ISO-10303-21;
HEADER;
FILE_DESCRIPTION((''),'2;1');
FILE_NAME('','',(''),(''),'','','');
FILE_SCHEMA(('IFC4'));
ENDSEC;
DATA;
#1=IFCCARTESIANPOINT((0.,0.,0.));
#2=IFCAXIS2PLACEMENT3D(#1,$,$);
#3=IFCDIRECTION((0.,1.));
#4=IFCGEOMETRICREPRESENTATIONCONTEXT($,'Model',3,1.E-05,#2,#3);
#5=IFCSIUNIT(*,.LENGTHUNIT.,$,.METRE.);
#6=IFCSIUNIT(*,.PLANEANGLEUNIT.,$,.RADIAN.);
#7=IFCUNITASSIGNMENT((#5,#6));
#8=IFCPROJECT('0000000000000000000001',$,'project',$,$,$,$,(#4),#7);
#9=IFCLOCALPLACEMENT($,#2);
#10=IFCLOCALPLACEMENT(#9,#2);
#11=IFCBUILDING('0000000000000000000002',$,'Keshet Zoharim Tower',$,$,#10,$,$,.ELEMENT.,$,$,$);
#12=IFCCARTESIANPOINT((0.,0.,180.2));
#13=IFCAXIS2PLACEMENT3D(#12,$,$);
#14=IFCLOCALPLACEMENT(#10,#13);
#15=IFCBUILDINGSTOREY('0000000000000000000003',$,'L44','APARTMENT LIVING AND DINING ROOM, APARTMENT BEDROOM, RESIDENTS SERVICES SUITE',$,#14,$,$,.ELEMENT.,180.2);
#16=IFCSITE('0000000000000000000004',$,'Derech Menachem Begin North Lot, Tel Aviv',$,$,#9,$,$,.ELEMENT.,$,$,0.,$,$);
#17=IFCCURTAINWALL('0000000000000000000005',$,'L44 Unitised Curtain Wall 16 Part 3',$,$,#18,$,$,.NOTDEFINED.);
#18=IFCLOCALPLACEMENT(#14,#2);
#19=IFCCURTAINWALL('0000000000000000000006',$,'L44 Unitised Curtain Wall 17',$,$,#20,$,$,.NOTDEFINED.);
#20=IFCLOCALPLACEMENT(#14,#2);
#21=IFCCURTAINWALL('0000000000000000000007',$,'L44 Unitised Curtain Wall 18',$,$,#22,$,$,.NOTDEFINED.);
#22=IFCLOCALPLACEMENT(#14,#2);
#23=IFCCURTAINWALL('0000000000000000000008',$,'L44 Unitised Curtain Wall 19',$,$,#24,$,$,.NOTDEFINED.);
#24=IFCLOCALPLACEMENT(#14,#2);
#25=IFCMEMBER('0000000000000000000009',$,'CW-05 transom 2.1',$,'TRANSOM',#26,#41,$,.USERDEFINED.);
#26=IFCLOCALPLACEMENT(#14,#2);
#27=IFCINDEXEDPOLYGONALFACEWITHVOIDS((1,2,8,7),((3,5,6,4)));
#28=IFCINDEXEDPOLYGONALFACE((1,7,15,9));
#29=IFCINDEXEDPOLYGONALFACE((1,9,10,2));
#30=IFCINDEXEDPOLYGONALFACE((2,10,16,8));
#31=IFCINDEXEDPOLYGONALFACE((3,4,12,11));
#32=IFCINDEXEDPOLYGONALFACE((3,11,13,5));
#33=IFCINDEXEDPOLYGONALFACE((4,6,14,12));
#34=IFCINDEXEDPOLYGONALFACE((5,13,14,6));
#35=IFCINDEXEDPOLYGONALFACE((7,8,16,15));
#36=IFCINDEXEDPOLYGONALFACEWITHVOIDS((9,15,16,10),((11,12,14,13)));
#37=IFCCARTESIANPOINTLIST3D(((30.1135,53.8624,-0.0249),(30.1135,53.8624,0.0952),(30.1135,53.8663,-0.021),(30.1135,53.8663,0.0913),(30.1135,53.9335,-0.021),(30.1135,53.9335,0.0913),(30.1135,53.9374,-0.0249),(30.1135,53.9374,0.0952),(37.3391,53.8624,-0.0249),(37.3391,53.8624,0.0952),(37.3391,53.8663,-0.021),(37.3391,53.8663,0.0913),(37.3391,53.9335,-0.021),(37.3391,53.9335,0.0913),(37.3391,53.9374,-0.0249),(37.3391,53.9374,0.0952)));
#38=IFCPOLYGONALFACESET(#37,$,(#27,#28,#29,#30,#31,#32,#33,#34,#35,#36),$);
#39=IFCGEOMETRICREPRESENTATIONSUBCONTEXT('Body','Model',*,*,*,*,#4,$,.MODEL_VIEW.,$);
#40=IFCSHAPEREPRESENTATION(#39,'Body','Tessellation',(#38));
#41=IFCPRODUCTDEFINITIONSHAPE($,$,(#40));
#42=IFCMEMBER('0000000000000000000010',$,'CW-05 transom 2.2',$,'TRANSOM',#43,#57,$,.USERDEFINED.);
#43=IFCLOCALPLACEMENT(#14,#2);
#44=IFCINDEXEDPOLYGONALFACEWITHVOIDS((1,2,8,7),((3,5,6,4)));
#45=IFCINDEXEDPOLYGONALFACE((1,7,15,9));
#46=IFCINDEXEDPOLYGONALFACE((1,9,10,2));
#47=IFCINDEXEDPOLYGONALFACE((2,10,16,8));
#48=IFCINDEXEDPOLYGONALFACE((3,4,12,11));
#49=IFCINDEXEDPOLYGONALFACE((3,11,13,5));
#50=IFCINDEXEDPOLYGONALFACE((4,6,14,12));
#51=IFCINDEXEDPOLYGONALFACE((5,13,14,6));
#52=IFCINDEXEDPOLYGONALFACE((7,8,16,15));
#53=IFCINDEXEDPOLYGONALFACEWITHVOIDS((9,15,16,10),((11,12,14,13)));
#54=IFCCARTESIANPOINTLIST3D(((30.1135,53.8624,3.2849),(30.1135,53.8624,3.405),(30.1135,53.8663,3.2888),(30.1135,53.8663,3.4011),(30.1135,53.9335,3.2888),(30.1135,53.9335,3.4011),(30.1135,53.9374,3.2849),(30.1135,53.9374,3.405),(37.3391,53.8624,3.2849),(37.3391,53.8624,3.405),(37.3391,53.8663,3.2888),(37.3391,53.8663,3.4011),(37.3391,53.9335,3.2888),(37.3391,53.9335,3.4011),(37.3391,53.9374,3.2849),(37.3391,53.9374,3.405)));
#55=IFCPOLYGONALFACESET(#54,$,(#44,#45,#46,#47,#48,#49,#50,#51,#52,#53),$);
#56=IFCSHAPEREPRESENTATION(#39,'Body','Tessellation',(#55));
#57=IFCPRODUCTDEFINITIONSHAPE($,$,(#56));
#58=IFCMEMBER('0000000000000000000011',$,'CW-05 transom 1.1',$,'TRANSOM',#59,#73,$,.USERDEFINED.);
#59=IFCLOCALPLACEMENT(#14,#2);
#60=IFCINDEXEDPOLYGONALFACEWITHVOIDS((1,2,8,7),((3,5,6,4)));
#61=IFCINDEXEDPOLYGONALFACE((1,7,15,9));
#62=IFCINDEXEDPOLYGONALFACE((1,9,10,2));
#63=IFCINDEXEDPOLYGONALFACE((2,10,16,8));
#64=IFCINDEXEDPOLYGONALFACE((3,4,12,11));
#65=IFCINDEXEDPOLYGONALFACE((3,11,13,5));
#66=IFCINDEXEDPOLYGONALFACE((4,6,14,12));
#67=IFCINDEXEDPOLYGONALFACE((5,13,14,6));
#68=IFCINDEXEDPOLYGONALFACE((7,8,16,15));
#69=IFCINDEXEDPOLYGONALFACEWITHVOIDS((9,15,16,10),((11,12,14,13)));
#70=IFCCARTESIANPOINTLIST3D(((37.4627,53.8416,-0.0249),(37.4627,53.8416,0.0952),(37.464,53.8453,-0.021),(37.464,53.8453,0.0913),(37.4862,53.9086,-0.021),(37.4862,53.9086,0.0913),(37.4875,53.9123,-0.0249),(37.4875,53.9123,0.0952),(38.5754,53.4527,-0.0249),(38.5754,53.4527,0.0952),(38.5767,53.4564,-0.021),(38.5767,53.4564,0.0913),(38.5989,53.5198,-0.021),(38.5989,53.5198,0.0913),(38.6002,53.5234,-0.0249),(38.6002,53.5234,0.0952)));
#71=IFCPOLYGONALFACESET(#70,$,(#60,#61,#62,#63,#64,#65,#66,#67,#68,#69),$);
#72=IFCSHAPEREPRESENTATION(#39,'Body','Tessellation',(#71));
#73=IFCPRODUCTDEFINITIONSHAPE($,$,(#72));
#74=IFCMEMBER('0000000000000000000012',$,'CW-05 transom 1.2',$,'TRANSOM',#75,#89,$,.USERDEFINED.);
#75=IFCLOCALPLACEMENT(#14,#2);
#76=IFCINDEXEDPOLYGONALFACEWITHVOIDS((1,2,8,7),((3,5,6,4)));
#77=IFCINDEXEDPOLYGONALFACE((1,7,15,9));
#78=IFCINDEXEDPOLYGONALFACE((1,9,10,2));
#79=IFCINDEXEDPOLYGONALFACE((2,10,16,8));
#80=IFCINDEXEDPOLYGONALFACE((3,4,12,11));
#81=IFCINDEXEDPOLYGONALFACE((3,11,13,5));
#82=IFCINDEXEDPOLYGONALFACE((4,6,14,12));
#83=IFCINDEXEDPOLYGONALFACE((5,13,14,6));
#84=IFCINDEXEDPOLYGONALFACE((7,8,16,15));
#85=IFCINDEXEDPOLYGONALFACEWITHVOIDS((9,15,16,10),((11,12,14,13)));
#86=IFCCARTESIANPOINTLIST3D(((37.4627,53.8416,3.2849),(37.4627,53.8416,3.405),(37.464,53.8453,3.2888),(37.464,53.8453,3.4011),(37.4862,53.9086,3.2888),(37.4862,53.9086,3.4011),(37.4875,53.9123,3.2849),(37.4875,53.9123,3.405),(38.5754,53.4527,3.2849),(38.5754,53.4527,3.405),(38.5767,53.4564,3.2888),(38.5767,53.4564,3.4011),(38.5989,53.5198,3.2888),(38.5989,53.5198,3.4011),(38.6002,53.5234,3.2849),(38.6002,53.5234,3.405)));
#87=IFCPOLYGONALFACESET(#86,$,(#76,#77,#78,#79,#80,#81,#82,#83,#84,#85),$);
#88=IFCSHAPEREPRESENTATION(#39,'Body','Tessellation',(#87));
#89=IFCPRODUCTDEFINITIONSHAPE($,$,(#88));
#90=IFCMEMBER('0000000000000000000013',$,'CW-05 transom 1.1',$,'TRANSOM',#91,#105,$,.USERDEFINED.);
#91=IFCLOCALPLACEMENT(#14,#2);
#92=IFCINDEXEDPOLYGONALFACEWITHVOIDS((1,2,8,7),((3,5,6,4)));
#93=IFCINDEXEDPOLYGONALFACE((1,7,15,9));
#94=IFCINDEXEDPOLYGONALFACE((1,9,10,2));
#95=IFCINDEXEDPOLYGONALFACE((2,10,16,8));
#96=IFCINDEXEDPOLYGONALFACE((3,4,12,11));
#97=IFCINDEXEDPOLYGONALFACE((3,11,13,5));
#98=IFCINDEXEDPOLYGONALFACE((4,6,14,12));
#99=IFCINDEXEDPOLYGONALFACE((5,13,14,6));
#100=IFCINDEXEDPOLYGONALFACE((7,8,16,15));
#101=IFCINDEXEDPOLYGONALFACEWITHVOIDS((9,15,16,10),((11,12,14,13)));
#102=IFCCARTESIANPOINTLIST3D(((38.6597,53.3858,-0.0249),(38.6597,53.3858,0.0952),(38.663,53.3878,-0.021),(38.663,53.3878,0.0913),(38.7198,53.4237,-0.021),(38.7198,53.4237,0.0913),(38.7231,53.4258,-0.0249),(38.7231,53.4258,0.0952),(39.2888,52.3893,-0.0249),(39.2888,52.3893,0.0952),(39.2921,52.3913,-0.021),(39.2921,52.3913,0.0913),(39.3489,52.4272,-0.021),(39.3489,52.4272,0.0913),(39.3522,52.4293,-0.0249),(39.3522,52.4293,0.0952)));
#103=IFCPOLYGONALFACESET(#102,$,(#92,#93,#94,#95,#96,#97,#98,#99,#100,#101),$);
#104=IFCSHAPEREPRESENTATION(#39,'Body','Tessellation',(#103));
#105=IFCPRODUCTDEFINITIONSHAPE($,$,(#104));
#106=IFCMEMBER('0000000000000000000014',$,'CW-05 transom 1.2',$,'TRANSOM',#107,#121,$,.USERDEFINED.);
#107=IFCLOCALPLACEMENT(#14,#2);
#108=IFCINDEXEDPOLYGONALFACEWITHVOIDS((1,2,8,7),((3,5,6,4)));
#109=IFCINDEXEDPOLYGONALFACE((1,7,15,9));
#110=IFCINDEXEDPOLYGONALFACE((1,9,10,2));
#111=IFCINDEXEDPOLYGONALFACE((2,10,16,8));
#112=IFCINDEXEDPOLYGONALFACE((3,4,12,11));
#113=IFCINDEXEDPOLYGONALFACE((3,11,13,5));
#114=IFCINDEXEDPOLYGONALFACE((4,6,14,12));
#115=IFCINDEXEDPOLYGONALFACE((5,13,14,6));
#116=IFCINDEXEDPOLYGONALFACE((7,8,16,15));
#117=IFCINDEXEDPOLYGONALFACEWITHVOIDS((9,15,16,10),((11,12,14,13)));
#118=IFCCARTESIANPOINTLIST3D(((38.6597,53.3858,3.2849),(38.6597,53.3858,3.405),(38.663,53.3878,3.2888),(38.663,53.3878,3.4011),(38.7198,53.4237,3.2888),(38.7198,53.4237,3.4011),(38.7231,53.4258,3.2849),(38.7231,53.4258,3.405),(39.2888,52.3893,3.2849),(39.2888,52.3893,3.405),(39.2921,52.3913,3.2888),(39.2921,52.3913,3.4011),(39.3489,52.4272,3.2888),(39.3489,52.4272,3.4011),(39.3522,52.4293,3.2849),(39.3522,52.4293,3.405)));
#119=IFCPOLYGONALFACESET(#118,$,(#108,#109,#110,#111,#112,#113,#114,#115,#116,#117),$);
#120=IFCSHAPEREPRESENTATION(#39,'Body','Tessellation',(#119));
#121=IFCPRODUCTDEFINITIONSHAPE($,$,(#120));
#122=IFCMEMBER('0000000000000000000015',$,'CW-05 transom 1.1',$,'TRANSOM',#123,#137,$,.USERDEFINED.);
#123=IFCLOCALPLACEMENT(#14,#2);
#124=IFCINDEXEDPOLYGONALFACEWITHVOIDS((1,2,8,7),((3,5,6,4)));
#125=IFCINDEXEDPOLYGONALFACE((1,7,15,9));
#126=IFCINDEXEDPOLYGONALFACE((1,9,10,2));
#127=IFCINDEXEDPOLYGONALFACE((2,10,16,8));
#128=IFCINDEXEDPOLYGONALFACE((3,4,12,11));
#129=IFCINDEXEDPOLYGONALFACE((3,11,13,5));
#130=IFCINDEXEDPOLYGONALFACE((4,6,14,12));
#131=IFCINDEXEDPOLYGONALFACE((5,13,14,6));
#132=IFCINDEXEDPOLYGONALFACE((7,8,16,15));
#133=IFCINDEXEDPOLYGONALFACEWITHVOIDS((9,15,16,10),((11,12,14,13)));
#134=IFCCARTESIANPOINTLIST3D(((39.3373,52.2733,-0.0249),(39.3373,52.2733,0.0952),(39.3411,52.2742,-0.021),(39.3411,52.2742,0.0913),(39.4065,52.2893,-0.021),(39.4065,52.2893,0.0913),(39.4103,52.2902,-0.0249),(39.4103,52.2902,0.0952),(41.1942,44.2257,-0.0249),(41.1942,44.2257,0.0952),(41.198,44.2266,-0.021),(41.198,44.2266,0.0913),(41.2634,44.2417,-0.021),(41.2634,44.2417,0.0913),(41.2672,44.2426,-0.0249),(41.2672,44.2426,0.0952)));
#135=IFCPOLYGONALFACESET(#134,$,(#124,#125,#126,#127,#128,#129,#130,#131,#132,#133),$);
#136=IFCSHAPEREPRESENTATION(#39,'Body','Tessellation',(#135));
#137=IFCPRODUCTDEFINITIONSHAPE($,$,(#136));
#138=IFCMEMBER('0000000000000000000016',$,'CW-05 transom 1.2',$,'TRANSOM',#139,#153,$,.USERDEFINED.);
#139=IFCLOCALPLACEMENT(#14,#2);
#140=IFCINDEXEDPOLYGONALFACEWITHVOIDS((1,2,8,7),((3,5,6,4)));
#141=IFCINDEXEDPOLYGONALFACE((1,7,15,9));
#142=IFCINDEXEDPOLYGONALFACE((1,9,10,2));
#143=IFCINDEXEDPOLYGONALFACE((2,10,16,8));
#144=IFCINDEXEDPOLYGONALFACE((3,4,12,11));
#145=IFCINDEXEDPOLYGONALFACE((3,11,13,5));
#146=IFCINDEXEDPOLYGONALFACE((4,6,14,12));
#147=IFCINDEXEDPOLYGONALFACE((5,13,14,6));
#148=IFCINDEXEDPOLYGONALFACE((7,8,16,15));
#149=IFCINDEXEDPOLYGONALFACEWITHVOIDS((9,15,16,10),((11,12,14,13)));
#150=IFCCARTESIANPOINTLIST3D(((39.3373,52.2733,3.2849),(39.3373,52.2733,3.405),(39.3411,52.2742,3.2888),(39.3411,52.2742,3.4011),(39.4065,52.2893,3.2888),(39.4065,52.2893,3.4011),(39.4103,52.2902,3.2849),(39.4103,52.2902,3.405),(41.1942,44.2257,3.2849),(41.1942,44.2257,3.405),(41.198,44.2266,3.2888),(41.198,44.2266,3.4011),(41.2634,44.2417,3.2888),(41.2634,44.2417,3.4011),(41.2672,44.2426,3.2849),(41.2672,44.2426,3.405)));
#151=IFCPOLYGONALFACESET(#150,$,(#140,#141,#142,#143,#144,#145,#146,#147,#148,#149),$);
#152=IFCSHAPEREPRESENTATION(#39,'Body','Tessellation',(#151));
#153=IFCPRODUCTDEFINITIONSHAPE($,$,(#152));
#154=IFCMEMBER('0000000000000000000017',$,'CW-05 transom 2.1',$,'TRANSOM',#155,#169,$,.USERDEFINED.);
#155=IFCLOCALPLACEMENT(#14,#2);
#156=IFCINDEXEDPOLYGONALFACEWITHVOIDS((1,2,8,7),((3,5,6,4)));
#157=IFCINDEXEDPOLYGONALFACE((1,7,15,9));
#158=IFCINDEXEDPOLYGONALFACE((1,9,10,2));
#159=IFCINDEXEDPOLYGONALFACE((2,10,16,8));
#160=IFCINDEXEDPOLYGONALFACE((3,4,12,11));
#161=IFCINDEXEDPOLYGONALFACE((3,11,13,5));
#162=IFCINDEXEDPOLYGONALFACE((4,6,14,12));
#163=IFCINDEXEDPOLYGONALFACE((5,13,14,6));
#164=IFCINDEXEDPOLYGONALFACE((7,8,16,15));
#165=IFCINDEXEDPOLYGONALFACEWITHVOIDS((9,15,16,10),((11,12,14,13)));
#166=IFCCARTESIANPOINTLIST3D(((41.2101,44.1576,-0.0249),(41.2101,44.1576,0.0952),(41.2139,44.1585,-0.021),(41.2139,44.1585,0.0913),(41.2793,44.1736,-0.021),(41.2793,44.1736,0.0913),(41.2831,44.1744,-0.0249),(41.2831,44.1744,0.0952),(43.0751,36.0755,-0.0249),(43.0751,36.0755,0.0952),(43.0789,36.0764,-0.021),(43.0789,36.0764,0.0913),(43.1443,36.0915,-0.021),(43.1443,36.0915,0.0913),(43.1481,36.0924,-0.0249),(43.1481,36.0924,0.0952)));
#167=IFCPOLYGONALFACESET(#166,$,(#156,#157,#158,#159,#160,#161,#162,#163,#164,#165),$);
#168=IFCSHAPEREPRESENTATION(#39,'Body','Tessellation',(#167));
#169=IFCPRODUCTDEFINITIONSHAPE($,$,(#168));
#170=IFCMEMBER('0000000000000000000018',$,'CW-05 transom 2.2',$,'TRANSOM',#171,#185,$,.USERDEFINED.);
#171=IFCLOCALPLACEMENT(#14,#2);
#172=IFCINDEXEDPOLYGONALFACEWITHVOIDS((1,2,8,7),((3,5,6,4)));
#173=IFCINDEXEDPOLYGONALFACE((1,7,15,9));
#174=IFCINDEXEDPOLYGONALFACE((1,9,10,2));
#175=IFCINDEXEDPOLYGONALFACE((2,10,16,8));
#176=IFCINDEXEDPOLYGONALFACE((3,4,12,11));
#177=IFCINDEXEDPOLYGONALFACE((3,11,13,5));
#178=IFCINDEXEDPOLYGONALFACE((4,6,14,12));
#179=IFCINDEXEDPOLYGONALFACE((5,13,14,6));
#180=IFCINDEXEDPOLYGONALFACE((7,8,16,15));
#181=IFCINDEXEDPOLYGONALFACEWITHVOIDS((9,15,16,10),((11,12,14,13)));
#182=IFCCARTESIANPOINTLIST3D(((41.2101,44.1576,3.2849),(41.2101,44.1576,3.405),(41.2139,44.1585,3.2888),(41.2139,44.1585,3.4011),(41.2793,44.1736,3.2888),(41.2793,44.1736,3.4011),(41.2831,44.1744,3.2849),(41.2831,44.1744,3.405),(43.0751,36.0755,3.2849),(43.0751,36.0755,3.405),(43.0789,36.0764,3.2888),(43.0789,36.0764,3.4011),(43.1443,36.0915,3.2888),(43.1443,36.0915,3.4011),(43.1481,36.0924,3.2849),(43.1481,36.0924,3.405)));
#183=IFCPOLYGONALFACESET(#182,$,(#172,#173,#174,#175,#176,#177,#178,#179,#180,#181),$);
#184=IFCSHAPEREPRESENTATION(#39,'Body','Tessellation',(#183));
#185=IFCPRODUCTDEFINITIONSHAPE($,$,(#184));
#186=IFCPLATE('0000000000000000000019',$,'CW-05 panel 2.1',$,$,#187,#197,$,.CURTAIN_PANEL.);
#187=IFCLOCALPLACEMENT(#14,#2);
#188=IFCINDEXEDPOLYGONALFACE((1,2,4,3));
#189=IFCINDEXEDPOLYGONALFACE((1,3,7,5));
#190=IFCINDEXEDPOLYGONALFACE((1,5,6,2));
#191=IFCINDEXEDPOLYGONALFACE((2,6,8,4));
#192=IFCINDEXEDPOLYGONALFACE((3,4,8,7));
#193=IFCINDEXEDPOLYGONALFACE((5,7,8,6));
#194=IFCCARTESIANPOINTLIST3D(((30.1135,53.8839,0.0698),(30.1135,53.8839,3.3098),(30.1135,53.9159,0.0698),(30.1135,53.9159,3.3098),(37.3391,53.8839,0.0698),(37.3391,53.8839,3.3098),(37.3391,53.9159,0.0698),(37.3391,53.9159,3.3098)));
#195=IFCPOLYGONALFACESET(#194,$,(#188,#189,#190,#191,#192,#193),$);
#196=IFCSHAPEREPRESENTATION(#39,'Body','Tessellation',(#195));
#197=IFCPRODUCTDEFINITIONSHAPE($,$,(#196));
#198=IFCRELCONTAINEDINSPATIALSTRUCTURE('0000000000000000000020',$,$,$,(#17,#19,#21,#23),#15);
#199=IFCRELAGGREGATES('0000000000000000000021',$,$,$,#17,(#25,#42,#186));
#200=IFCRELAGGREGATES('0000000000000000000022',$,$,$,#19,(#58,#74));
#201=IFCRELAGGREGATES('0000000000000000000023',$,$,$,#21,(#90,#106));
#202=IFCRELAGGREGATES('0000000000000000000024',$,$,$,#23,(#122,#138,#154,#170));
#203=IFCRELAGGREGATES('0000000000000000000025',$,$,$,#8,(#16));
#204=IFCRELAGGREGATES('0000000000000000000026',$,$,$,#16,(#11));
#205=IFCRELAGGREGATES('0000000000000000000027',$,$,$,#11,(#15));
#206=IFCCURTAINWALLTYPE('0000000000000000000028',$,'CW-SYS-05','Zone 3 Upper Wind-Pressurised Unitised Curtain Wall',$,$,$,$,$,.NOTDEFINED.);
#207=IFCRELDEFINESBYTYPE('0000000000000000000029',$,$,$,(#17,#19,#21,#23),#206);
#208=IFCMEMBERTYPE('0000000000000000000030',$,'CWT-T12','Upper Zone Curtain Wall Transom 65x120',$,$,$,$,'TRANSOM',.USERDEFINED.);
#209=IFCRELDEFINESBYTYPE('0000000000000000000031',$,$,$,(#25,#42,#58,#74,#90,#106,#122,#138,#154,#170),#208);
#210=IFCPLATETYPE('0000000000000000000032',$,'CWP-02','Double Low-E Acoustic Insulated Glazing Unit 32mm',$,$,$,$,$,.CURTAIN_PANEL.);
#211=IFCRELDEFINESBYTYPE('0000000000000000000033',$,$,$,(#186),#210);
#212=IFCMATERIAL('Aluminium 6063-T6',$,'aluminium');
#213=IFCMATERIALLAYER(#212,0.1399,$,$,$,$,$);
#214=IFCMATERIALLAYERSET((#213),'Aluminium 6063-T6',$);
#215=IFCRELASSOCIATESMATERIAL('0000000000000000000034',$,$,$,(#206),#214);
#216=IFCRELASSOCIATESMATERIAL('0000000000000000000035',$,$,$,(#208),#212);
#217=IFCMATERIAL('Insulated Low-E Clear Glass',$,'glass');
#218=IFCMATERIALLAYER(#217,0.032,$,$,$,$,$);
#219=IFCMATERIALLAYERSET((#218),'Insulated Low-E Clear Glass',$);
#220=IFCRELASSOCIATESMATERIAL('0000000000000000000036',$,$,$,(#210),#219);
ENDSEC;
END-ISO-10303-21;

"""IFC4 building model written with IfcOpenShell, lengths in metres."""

from ifc_helpers import new_model, si_unit, direction, frame, origin, origin_2d, place, context, subcontext, project, spatial, rectangle, hollow_rectangle, extrude, material, layer, layer_set, material_profile, profile_set, type_object, element, aggregate, save


model = new_model("IFC4")

# Units and contexts
model_context = context("Model", 3, precision=1e-05, world=origin(), true_north=direction((0.0, 1.0)))
body_context = subcontext(model_context, "Body", "Model", "MODEL_VIEW")
ifc_project = project(units=[si_unit("LENGTHUNIT", "METRE"), si_unit("PLANEANGLEUNIT", "RADIAN")], contexts=[model_context])

# Site, building, storey
site_placement = place(None, origin())
site = spatial("IfcSite", under=ifc_project, at=site_placement, Name="Derech Menachem Begin North Lot, Tel Aviv", CompositionType="ELEMENT", RefElevation=0.0)
building_placement = place(site_placement, origin())
building = spatial("IfcBuilding", under=site, at=building_placement, Name="Keshet Zoharim Tower", CompositionType="ELEMENT")
storey_placement = place(building_placement, frame((0.0, 0.0, 180.2)))
storey = spatial("IfcBuildingStorey", under=building, at=storey_placement, Name="L44", Description="APARTMENT LIVING AND DINING ROOM, APARTMENT BEDROOM, RESIDENTS SERVICES SUITE", CompositionType="ELEMENT", Elevation=180.2)

# Curtain walls
ifc_material_1 = material(Name="Aluminium 6063-T6", Category="aluminium")
ifc_layer_1 = layer(ifc_material_1, 0.1399)
ifc_layer_set_1 = layer_set([ifc_layer_1], Name="Aluminium 6063-T6")
curtain_wall_type = type_object("IfcCurtainWallType", Name="CW-SYS-05", Description="Zone 3 Upper Wind-Pressurised Unitised Curtain Wall", PredefinedType="NOTDEFINED", material=ifc_layer_set_1)
curtain_wall_1_placement = place(storey_placement, origin())
curtain_wall_1 = element("IfcCurtainWall", 1, at=curtain_wall_1_placement, inside=storey, type_object=curtain_wall_type, Name="L44 Unitised Curtain Wall 16 Part 3", PredefinedType="NOTDEFINED")
curtain_wall_2_placement = place(storey_placement, origin())
curtain_wall_2 = element("IfcCurtainWall", 2, at=curtain_wall_2_placement, inside=storey, type_object=curtain_wall_type, Name="L44 Unitised Curtain Wall 17", PredefinedType="NOTDEFINED")
curtain_wall_3_placement = place(storey_placement, origin())
curtain_wall_3 = element("IfcCurtainWall", 3, at=curtain_wall_3_placement, inside=storey, type_object=curtain_wall_type, Name="L44 Unitised Curtain Wall 18", PredefinedType="NOTDEFINED")
curtain_wall_4_placement = place(storey_placement, origin())
curtain_wall_4 = element("IfcCurtainWall", 4, at=curtain_wall_4_placement, inside=storey, type_object=curtain_wall_type, Name="L44 Unitised Curtain Wall 19", PredefinedType="NOTDEFINED")

# Members
ifc_material_profile_1 = material_profile(ifc_material_1, hollow_rectangle(XDim=0.075, YDim=0.1201, WallThickness=0.0039, at=origin_2d()), Name="TRN-75x120")
ifc_profile_set_1 = profile_set([ifc_material_profile_1], Name="Aluminium 6063-T6")
member_type_1 = type_object("IfcMemberType", Name="CWT-T12", Description="Upper Zone Curtain Wall Transom 65x120", ElementType="TRANSOM", PredefinedType="USERDEFINED", material=ifc_profile_set_1)
member_1_placement = place(storey_placement, frame((30.1135, 53.8999, 0.0352), z_axis=(1.0, 0.0, 0.0), x_axis=(0.0, 1.0, 0.0)))
member_1 = element("IfcMember", 5, at=member_1_placement, type_object=member_type_1, Name="CW-05 transom 2.1", ObjectType="TRANSOM", PredefinedType="USERDEFINED", context=body_context, shape_type="SweptSolid", body=[
    extrude(hollow_rectangle(XDim=0.075, YDim=0.1201, WallThickness=0.0039, at=origin_2d()), origin(), (0.0, 0.0, 1.0), 7.2256),
])
member_2_placement = place(storey_placement, frame((30.1135, 53.8999, 3.345), z_axis=(1.0, 0.0, 0.0), x_axis=(0.0, 1.0, 0.0)))
member_2 = element("IfcMember", 6, at=member_2_placement, type_object=member_type_1, Name="CW-05 transom 2.2", ObjectType="TRANSOM", PredefinedType="USERDEFINED", context=body_context, shape_type="SweptSolid", body=[
    extrude(hollow_rectangle(XDim=0.075, YDim=0.1201, WallThickness=0.0039, at=origin_2d()), origin(), (0.0, 0.0, 1.0), 7.2256),
])
member_3_placement = place(storey_placement, frame((37.4751, 53.877, 0.0352), z_axis=(0.944007, -0.329926, 0.0), x_axis=(0.329926, 0.944007, 0.0)))
member_3 = element("IfcMember", 7, at=member_3_placement, type_object=member_type_1, Name="CW-05 transom 1.1", ObjectType="TRANSOM", PredefinedType="USERDEFINED", context=body_context, shape_type="SweptSolid", body=[
    extrude(hollow_rectangle(XDim=0.075, YDim=0.1201, WallThickness=0.0039, at=origin_2d()), origin(), (0.0, 0.0, 1.0), 1.1787),
])
member_4_placement = place(storey_placement, frame((37.4751, 53.877, 3.345), z_axis=(0.944007, -0.329926, 0.0), x_axis=(0.329926, 0.944007, 0.0)))
member_4 = element("IfcMember", 8, at=member_4_placement, type_object=member_type_1, Name="CW-05 transom 1.2", ObjectType="TRANSOM", PredefinedType="USERDEFINED", context=body_context, shape_type="SweptSolid", body=[
    extrude(hollow_rectangle(XDim=0.075, YDim=0.1201, WallThickness=0.0039, at=origin_2d()), origin(), (0.0, 0.0, 1.0), 1.1787),
])
member_5_placement = place(storey_placement, frame((38.6914, 53.4058, 0.0352), z_axis=(0.533829, -0.845592, 0.0), x_axis=(0.845592, 0.533829, 0.0)))
member_5 = element("IfcMember", 9, at=member_5_placement, type_object=member_type_1, Name="CW-05 transom 1.1", ObjectType="TRANSOM", PredefinedType="USERDEFINED", context=body_context, shape_type="SweptSolid", body=[
    extrude(hollow_rectangle(XDim=0.075, YDim=0.1201, WallThickness=0.0039, at=origin_2d()), origin(), (0.0, 0.0, 1.0), 1.1785),
])
member_6_placement = place(storey_placement, frame((38.6914, 53.4058, 3.345), z_axis=(0.533829, -0.845592, 0.0), x_axis=(0.845592, 0.533829, 0.0)))
member_6 = element("IfcMember", 10, at=member_6_placement, type_object=member_type_1, Name="CW-05 transom 1.2", ObjectType="TRANSOM", PredefinedType="USERDEFINED", context=body_context, shape_type="SweptSolid", body=[
    extrude(hollow_rectangle(XDim=0.075, YDim=0.1201, WallThickness=0.0039, at=origin_2d()), origin(), (0.0, 0.0, 1.0), 1.1785),
])
member_7_placement = place(storey_placement, frame((39.3738, 52.2817, 0.0352), z_axis=(0.224836, -0.974397, 0.0), x_axis=(0.974397, 0.224836, 0.0)))
member_7 = element("IfcMember", 11, at=member_7_placement, type_object=member_type_1, Name="CW-05 transom 1.1", ObjectType="TRANSOM", PredefinedType="USERDEFINED", context=body_context, shape_type="SweptSolid", body=[
    extrude(hollow_rectangle(XDim=0.075, YDim=0.1201, WallThickness=0.0039, at=origin_2d()), origin(), (0.0, 0.0, 1.0), 8.259),
])
member_8_placement = place(storey_placement, frame((39.3738, 52.2817, 3.345), z_axis=(0.224836, -0.974397, 0.0), x_axis=(0.974397, 0.224836, 0.0)))
member_8 = element("IfcMember", 12, at=member_8_placement, type_object=member_type_1, Name="CW-05 transom 1.2", ObjectType="TRANSOM", PredefinedType="USERDEFINED", context=body_context, shape_type="SweptSolid", body=[
    extrude(hollow_rectangle(XDim=0.075, YDim=0.1201, WallThickness=0.0039, at=origin_2d()), origin(), (0.0, 0.0, 1.0), 8.259),
])
member_9_placement = place(storey_placement, frame((41.2466, 44.166, 0.0352), z_axis=(0.224849, -0.974394, 0.0), x_axis=(0.974394, 0.224849, 0.0)))
member_9 = element("IfcMember", 13, at=member_9_placement, type_object=member_type_1, Name="CW-05 transom 2.1", ObjectType="TRANSOM", PredefinedType="USERDEFINED", context=body_context, shape_type="SweptSolid", body=[
    extrude(hollow_rectangle(XDim=0.075, YDim=0.1201, WallThickness=0.0039, at=origin_2d()), origin(), (0.0, 0.0, 1.0), 8.2944),
])
member_10_placement = place(storey_placement, frame((41.2466, 44.166, 3.345), z_axis=(0.224849, -0.974394, 0.0), x_axis=(0.974394, 0.224849, 0.0)))
member_10 = element("IfcMember", 14, at=member_10_placement, type_object=member_type_1, Name="CW-05 transom 2.2", ObjectType="TRANSOM", PredefinedType="USERDEFINED", context=body_context, shape_type="SweptSolid", body=[
    extrude(hollow_rectangle(XDim=0.075, YDim=0.1201, WallThickness=0.0039, at=origin_2d()), origin(), (0.0, 0.0, 1.0), 8.2944),
])

# Plate
ifc_material_2 = material(Name="Insulated Low-E Clear Glass", Category="glass")
ifc_layer_2 = layer(ifc_material_2, 0.032)
ifc_layer_set_2 = layer_set([ifc_layer_2], Name="Insulated Low-E Clear Glass")
plate_type = type_object("IfcPlateType", Name="CWP-02", Description="Double Low-E Acoustic Insulated Glazing Unit 32mm", PredefinedType="CURTAIN_PANEL", material=ifc_layer_set_2)
plate_1_placement = place(storey_placement, frame((33.7263, 53.8999, 0.0698), z_axis=(0.0, 0.0, 1.0), x_axis=(1.0, 0.0, 0.0)))
plate_1 = element("IfcPlate", 15, at=plate_1_placement, type_object=plate_type, Name="CW-05 panel 2.1", PredefinedType="CURTAIN_PANEL", context=body_context, shape_type="SweptSolid", body=[
    extrude(rectangle(XDim=7.2256, YDim=0.032, at=origin_2d()), origin(), (0.0, 0.0, 1.0), 3.24),
])
aggregate(curtain_wall_1, [member_1, member_2, plate_1])
aggregate(curtain_wall_2, [member_3, member_4])
aggregate(curtain_wall_3, [member_5, member_6])
aggregate(curtain_wall_4, [member_7, member_8, member_9, member_10])

save(model, "model.ifc")
